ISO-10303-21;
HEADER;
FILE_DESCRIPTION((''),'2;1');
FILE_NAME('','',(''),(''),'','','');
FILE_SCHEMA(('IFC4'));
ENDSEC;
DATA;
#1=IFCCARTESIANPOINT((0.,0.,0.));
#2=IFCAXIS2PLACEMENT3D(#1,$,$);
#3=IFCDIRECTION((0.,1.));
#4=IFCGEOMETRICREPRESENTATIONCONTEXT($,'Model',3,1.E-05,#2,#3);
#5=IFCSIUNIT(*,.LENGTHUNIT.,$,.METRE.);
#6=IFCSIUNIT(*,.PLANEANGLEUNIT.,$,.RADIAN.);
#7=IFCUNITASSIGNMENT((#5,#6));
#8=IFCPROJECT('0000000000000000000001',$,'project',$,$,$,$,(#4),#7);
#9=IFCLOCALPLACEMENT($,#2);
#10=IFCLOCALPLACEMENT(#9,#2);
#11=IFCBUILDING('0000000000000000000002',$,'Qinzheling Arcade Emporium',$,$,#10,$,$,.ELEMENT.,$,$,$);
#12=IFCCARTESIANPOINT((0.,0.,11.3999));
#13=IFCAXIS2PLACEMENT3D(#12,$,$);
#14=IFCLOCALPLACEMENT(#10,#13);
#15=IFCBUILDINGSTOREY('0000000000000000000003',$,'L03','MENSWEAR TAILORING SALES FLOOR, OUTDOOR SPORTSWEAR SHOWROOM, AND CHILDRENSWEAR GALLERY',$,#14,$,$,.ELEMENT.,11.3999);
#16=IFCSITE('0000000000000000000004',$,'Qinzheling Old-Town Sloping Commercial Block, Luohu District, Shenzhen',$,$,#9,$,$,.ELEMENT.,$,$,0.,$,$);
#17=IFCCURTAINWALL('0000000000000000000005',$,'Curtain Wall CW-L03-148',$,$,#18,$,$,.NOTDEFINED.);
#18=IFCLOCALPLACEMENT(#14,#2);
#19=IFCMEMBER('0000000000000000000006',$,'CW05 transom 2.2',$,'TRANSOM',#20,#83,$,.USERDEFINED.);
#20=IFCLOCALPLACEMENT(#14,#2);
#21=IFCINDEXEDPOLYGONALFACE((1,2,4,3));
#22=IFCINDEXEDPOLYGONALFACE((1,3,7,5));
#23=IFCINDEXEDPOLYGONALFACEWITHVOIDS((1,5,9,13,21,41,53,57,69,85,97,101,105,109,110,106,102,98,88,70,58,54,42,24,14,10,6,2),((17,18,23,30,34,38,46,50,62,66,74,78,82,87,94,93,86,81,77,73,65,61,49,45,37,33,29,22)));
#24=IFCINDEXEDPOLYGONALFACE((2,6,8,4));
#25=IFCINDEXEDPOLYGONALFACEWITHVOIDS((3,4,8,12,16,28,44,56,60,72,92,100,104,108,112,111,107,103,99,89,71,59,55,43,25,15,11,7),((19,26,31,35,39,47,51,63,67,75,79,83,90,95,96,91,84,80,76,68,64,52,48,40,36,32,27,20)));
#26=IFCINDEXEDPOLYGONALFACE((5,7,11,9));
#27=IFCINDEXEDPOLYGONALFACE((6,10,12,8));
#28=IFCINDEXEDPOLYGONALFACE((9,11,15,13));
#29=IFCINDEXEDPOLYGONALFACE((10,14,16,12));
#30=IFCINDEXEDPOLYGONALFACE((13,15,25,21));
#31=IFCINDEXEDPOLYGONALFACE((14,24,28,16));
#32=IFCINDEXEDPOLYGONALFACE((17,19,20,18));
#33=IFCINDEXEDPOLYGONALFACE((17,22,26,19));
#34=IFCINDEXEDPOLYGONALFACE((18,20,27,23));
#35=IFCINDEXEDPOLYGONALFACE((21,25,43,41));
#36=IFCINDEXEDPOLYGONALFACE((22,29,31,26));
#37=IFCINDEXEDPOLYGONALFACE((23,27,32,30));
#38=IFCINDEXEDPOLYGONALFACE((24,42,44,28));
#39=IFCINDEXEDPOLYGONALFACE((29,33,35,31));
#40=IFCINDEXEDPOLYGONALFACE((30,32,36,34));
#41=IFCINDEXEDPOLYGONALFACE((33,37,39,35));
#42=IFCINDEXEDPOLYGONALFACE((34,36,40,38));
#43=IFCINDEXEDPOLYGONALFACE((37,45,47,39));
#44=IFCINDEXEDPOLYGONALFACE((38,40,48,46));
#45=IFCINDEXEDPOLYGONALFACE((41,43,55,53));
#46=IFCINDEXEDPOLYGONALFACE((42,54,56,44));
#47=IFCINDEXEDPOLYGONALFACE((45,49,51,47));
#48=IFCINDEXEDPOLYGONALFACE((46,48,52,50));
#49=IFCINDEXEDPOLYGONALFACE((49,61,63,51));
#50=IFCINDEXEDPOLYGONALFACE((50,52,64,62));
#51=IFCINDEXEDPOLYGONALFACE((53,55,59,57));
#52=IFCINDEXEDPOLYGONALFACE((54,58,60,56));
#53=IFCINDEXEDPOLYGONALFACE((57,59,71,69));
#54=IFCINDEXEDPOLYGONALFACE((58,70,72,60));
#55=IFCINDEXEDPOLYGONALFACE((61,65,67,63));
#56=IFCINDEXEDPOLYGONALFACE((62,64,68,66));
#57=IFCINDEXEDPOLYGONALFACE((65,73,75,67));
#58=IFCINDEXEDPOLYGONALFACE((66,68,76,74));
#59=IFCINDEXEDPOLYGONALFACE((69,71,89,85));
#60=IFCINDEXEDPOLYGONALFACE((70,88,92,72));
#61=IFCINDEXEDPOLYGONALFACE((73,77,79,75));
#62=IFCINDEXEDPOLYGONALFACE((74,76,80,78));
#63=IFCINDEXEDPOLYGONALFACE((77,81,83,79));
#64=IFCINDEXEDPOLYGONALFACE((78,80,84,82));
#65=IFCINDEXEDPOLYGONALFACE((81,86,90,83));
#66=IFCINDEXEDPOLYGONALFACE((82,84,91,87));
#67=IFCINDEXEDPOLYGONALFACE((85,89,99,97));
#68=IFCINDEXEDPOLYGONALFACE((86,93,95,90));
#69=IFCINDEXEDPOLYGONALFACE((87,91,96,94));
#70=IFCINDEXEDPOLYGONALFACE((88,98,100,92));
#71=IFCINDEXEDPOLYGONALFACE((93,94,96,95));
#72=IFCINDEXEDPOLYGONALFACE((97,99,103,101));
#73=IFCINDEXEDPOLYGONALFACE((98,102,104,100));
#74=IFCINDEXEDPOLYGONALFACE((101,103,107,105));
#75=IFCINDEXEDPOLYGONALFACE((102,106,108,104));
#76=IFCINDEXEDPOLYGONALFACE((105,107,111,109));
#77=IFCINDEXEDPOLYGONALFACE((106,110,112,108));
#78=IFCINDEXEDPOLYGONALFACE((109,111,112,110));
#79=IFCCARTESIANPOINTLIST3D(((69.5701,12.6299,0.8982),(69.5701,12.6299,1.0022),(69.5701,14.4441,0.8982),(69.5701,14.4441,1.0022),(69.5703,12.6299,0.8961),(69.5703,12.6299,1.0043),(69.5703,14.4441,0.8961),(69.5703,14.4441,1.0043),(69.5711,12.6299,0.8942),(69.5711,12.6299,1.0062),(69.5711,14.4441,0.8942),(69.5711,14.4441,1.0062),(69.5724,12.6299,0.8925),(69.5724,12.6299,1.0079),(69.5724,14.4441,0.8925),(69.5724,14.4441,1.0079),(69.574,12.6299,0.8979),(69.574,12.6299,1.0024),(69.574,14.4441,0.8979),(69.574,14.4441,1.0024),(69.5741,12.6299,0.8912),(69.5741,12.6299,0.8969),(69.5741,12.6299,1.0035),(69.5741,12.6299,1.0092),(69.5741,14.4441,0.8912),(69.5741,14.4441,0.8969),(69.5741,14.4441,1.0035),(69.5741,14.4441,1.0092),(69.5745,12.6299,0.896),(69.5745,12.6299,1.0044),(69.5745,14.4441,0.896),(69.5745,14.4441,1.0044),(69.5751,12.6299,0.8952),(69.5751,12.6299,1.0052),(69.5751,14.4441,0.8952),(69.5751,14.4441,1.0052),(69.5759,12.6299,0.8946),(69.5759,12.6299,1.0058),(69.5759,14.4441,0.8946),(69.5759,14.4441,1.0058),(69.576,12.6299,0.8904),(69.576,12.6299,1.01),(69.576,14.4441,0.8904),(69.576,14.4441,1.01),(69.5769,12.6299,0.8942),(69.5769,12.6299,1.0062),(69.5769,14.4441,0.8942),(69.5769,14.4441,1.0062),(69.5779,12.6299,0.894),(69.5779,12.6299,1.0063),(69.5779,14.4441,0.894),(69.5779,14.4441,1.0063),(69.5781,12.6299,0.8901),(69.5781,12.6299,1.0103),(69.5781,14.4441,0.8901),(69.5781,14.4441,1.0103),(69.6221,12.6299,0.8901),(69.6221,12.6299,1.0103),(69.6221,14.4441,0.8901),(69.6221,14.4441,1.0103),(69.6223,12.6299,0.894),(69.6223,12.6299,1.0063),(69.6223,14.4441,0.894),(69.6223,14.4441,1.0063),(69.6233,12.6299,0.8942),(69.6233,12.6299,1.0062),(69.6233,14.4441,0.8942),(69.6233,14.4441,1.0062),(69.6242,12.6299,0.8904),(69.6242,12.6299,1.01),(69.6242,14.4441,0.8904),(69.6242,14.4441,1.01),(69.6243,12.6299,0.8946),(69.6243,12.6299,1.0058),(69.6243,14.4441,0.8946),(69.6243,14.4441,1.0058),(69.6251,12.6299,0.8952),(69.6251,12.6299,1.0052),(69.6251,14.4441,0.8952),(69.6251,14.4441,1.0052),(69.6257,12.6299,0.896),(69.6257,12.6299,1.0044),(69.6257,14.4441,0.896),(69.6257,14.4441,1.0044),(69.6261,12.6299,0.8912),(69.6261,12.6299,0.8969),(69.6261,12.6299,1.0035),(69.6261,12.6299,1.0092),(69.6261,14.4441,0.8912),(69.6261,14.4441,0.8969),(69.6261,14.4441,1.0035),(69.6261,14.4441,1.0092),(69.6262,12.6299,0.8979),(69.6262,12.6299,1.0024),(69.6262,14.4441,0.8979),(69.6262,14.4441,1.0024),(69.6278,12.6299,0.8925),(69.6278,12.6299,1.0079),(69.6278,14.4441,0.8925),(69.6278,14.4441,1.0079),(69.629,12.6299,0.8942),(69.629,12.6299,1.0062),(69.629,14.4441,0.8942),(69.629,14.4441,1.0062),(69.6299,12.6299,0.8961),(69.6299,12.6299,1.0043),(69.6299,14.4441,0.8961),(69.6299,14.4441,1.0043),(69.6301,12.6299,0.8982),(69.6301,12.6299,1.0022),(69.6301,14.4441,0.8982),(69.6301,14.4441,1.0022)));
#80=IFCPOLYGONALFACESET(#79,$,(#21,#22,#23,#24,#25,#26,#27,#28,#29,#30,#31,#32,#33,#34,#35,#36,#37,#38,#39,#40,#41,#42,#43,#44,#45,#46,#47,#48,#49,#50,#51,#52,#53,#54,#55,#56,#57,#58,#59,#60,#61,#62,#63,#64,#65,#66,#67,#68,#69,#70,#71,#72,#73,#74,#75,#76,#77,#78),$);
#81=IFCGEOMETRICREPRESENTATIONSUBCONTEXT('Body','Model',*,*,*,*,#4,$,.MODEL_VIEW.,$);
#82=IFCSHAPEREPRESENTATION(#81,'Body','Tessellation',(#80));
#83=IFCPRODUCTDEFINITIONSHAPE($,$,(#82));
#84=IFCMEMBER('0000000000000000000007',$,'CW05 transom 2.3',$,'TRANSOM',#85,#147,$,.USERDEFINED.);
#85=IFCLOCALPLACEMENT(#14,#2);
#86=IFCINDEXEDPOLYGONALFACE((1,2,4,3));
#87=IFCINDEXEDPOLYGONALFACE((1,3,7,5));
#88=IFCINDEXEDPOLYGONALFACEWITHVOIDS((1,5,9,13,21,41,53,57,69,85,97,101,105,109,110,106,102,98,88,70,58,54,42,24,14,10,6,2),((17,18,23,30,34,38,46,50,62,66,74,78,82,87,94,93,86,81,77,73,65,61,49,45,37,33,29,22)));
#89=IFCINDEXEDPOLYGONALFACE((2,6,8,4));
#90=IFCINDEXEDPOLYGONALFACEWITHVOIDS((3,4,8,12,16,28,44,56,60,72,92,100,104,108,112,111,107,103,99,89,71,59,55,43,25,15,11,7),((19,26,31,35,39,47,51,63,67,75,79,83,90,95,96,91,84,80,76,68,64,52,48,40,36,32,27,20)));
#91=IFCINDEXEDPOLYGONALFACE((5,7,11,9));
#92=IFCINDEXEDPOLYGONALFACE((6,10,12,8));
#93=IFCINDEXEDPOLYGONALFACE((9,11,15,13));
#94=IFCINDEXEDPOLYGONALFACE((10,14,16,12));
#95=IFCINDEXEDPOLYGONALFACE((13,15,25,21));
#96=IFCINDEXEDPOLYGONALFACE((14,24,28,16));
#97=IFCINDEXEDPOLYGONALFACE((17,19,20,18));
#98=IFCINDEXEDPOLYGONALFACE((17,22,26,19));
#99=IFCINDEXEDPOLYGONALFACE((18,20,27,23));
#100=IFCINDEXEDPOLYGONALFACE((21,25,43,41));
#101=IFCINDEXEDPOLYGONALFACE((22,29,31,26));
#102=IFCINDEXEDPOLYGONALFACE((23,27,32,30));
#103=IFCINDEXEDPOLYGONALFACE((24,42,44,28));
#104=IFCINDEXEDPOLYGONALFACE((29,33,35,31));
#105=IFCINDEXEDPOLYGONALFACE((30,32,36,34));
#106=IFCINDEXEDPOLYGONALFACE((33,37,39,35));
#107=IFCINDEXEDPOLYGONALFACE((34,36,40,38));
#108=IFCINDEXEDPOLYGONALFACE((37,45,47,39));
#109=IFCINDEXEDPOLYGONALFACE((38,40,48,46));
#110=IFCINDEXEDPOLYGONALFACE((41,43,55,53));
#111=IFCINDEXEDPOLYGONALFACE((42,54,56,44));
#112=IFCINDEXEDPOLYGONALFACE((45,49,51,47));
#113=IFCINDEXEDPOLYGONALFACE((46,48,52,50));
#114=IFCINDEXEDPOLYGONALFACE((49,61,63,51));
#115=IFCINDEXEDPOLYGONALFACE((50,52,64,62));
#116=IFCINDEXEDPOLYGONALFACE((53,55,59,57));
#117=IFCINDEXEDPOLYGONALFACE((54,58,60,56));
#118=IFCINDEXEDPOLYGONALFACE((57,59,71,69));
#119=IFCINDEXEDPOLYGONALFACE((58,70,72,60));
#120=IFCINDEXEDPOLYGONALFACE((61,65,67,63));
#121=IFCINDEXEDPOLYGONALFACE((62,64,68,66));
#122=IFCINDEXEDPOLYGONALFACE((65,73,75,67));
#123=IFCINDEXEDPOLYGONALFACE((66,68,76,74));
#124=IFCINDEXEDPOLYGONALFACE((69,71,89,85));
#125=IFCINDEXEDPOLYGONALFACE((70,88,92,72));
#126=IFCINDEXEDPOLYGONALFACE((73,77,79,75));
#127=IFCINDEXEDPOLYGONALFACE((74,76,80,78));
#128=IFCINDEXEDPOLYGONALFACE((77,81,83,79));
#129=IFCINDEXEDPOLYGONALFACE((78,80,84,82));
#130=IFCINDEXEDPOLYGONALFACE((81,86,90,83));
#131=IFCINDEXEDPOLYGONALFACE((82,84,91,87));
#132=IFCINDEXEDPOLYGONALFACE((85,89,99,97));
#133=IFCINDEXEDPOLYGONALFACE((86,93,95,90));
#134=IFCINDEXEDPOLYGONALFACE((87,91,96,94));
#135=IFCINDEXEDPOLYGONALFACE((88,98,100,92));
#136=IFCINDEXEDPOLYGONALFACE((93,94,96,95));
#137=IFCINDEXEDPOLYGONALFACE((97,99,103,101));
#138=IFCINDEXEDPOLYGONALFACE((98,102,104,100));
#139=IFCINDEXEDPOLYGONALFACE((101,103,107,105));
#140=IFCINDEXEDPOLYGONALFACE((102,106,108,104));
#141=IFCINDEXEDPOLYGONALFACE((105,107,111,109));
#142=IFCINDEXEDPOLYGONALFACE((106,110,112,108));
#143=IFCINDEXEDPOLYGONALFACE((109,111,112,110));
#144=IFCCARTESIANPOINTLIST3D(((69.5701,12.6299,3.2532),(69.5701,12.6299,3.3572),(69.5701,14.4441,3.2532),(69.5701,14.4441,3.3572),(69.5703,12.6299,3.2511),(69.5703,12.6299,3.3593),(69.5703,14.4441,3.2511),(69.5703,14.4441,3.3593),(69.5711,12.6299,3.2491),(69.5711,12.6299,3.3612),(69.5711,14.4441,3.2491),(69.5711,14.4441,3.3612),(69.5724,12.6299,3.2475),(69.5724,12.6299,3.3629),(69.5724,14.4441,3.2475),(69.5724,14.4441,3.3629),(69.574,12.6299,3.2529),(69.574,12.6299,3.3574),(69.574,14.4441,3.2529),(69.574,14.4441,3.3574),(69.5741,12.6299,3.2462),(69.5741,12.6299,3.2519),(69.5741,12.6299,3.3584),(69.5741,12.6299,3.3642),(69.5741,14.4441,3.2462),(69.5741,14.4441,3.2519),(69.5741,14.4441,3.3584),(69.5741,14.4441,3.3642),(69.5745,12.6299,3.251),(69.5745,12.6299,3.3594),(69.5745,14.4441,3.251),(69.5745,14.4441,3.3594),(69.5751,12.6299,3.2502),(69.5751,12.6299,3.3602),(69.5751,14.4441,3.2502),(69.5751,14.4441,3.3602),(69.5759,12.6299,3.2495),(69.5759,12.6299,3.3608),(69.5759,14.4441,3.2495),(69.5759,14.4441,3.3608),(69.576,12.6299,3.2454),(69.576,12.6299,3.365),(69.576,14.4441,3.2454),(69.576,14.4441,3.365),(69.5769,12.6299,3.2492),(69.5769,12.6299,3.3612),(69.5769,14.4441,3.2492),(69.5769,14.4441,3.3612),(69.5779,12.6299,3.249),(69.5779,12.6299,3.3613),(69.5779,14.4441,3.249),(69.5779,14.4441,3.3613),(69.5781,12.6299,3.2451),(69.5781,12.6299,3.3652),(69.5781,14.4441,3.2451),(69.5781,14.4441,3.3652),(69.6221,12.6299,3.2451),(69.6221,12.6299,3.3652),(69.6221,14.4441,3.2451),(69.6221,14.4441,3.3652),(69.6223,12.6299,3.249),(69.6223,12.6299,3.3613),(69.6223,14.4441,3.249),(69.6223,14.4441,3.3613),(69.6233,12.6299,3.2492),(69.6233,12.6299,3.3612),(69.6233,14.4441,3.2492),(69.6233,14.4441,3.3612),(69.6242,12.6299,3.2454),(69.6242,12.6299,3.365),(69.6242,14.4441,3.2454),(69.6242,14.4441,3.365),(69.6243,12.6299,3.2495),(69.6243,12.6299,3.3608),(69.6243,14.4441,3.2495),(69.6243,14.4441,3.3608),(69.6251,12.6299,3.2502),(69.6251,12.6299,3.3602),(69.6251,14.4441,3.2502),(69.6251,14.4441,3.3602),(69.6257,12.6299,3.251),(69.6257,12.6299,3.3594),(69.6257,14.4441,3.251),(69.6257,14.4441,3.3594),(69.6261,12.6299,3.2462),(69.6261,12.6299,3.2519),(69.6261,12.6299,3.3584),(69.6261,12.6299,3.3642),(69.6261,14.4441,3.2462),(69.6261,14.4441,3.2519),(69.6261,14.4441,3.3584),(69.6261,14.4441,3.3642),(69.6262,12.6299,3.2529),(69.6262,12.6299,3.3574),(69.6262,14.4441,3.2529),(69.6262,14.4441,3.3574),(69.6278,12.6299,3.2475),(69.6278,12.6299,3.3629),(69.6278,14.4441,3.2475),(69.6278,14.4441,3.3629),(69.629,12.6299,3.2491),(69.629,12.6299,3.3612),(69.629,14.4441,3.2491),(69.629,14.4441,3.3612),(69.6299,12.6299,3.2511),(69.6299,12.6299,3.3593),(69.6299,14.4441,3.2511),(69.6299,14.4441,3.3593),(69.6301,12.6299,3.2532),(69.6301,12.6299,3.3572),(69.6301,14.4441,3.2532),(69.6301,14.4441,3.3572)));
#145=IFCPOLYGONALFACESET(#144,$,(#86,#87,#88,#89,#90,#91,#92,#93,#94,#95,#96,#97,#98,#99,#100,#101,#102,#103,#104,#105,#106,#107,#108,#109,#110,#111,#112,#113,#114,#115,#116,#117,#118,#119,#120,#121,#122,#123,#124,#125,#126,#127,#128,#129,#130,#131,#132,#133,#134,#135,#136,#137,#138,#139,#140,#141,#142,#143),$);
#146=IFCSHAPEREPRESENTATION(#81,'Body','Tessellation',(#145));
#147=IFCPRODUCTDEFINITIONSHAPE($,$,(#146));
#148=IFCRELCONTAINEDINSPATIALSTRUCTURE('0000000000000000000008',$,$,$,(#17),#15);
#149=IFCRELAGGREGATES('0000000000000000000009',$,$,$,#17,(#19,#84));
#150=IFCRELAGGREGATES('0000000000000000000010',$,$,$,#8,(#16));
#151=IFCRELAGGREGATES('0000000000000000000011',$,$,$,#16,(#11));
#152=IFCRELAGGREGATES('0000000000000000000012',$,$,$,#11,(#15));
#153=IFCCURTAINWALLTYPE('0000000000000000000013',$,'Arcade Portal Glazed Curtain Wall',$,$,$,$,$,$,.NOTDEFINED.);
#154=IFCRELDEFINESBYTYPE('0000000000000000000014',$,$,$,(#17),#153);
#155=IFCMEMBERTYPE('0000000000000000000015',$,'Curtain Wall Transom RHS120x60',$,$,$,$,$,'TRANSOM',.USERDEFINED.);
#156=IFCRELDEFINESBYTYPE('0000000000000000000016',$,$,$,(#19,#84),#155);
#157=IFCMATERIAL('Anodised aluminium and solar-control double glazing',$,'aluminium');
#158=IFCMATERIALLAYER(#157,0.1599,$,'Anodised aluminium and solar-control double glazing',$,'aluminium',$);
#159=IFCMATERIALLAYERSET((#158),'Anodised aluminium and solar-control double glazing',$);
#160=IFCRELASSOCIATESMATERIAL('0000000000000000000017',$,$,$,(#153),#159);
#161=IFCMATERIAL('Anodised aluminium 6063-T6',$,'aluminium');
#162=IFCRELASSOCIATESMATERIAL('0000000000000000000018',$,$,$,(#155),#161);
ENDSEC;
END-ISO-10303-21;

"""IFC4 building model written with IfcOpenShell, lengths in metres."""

from ifc_helpers import new_model, si_unit, direction, frame, origin, origin_2d, place, context, subcontext, project, spatial, hollow_rectangle, extrude, material, layer, layer_set, material_profile, profile_set, type_object, element, aggregate, save


model = new_model("IFC4")

# Units and contexts
model_context = context("Model", 3, precision=1e-05, world=origin(), true_north=direction((0.0, 1.0)))
body_context = subcontext(model_context, "Body", "Model", "MODEL_VIEW")
ifc_project = project(units=[si_unit("LENGTHUNIT", "METRE"), si_unit("PLANEANGLEUNIT", "RADIAN")], contexts=[model_context])

# Site, building, storey
site_placement = place(None, origin())
site = spatial("IfcSite", under=ifc_project, at=site_placement, Name="Qinzheling Old-Town Sloping Commercial Block, Luohu District, Shenzhen", CompositionType="ELEMENT", RefElevation=0.0)
building_placement = place(site_placement, origin())
building = spatial("IfcBuilding", under=site, at=building_placement, Name="Qinzheling Arcade Emporium", CompositionType="ELEMENT")
storey_placement = place(building_placement, frame((0.0, 0.0, 11.3999)))
storey = spatial("IfcBuildingStorey", under=building, at=storey_placement, Name="L03", Description="MENSWEAR TAILORING SALES FLOOR, OUTDOOR SPORTSWEAR SHOWROOM, AND CHILDRENSWEAR GALLERY", CompositionType="ELEMENT", Elevation=11.3999)

# Shared definitions
ifc_material_1 = material(Name="Anodised aluminium and solar-control double glazing", Category="aluminium")
ifc_layer_1 = layer(ifc_material_1, 0.1599, Name="Anodised aluminium and solar-control double glazing", Category="aluminium")
ifc_layer_set_1 = layer_set([ifc_layer_1], Name="Anodised aluminium and solar-control double glazing")
curtain_wall_type = type_object("IfcCurtainWallType", Name="Arcade Portal Glazed Curtain Wall", PredefinedType="NOTDEFINED", material=ifc_layer_set_1)
ifc_material_2 = material(Name="Anodised aluminium 6063-T6", Category="aluminium")

# Curtain wall, members
curtain_wall_1_placement = place(storey_placement, origin())
curtain_wall_1 = element("IfcCurtainWall", 1, at=curtain_wall_1_placement, inside=storey, type_object=curtain_wall_type, Name="Curtain Wall CW-L03-148", PredefinedType="NOTDEFINED")
ifc_material_profile_1 = material_profile(ifc_material_2, hollow_rectangle(XDim=0.0601, YDim=0.1201, WallThickness=0.0039, InnerFilletRadius=0.0039, OuterFilletRadius=0.0081, at=origin_2d()), Name="RHS 120x60x4", Category="aluminium")
ifc_profile_set_1 = profile_set([ifc_material_profile_1], Name="Anodised aluminium 6063-T6")
member_type_1 = type_object("IfcMemberType", Name="Curtain Wall Transom RHS120x60", ElementType="TRANSOM", PredefinedType="USERDEFINED", material=ifc_profile_set_1)
member_1_placement = place(storey_placement, frame((69.6001, 14.4441, 0.9502), z_axis=(0.0, -1.0, 0.0), x_axis=(1.0, 0.0, 0.0)))
member_1 = element("IfcMember", 2, at=member_1_placement, type_object=member_type_1, Name="CW05 transom 2.2", ObjectType="TRANSOM", PredefinedType="USERDEFINED", context=body_context, shape_type="SweptSolid", body=[
    extrude(hollow_rectangle(XDim=0.0601, YDim=0.1201, WallThickness=0.0039, InnerFilletRadius=0.0039, OuterFilletRadius=0.0081, at=origin_2d()), origin(), (0.0, 0.0, 1.0), 1.8142),
])
member_2_placement = place(storey_placement, frame((69.6001, 14.4441, 3.3052), z_axis=(0.0, -1.0, 0.0), x_axis=(1.0, 0.0, 0.0)))
member_2 = element("IfcMember", 3, at=member_2_placement, type_object=member_type_1, Name="CW05 transom 2.3", ObjectType="TRANSOM", PredefinedType="USERDEFINED", context=body_context, shape_type="SweptSolid", body=[
    extrude(hollow_rectangle(XDim=0.0601, YDim=0.1201, WallThickness=0.0039, InnerFilletRadius=0.0039, OuterFilletRadius=0.0081, at=origin_2d()), origin(), (0.0, 0.0, 1.0), 1.8142),
])

aggregate(curtain_wall_1, [member_1, member_2])

save(model, "model.ifc")
